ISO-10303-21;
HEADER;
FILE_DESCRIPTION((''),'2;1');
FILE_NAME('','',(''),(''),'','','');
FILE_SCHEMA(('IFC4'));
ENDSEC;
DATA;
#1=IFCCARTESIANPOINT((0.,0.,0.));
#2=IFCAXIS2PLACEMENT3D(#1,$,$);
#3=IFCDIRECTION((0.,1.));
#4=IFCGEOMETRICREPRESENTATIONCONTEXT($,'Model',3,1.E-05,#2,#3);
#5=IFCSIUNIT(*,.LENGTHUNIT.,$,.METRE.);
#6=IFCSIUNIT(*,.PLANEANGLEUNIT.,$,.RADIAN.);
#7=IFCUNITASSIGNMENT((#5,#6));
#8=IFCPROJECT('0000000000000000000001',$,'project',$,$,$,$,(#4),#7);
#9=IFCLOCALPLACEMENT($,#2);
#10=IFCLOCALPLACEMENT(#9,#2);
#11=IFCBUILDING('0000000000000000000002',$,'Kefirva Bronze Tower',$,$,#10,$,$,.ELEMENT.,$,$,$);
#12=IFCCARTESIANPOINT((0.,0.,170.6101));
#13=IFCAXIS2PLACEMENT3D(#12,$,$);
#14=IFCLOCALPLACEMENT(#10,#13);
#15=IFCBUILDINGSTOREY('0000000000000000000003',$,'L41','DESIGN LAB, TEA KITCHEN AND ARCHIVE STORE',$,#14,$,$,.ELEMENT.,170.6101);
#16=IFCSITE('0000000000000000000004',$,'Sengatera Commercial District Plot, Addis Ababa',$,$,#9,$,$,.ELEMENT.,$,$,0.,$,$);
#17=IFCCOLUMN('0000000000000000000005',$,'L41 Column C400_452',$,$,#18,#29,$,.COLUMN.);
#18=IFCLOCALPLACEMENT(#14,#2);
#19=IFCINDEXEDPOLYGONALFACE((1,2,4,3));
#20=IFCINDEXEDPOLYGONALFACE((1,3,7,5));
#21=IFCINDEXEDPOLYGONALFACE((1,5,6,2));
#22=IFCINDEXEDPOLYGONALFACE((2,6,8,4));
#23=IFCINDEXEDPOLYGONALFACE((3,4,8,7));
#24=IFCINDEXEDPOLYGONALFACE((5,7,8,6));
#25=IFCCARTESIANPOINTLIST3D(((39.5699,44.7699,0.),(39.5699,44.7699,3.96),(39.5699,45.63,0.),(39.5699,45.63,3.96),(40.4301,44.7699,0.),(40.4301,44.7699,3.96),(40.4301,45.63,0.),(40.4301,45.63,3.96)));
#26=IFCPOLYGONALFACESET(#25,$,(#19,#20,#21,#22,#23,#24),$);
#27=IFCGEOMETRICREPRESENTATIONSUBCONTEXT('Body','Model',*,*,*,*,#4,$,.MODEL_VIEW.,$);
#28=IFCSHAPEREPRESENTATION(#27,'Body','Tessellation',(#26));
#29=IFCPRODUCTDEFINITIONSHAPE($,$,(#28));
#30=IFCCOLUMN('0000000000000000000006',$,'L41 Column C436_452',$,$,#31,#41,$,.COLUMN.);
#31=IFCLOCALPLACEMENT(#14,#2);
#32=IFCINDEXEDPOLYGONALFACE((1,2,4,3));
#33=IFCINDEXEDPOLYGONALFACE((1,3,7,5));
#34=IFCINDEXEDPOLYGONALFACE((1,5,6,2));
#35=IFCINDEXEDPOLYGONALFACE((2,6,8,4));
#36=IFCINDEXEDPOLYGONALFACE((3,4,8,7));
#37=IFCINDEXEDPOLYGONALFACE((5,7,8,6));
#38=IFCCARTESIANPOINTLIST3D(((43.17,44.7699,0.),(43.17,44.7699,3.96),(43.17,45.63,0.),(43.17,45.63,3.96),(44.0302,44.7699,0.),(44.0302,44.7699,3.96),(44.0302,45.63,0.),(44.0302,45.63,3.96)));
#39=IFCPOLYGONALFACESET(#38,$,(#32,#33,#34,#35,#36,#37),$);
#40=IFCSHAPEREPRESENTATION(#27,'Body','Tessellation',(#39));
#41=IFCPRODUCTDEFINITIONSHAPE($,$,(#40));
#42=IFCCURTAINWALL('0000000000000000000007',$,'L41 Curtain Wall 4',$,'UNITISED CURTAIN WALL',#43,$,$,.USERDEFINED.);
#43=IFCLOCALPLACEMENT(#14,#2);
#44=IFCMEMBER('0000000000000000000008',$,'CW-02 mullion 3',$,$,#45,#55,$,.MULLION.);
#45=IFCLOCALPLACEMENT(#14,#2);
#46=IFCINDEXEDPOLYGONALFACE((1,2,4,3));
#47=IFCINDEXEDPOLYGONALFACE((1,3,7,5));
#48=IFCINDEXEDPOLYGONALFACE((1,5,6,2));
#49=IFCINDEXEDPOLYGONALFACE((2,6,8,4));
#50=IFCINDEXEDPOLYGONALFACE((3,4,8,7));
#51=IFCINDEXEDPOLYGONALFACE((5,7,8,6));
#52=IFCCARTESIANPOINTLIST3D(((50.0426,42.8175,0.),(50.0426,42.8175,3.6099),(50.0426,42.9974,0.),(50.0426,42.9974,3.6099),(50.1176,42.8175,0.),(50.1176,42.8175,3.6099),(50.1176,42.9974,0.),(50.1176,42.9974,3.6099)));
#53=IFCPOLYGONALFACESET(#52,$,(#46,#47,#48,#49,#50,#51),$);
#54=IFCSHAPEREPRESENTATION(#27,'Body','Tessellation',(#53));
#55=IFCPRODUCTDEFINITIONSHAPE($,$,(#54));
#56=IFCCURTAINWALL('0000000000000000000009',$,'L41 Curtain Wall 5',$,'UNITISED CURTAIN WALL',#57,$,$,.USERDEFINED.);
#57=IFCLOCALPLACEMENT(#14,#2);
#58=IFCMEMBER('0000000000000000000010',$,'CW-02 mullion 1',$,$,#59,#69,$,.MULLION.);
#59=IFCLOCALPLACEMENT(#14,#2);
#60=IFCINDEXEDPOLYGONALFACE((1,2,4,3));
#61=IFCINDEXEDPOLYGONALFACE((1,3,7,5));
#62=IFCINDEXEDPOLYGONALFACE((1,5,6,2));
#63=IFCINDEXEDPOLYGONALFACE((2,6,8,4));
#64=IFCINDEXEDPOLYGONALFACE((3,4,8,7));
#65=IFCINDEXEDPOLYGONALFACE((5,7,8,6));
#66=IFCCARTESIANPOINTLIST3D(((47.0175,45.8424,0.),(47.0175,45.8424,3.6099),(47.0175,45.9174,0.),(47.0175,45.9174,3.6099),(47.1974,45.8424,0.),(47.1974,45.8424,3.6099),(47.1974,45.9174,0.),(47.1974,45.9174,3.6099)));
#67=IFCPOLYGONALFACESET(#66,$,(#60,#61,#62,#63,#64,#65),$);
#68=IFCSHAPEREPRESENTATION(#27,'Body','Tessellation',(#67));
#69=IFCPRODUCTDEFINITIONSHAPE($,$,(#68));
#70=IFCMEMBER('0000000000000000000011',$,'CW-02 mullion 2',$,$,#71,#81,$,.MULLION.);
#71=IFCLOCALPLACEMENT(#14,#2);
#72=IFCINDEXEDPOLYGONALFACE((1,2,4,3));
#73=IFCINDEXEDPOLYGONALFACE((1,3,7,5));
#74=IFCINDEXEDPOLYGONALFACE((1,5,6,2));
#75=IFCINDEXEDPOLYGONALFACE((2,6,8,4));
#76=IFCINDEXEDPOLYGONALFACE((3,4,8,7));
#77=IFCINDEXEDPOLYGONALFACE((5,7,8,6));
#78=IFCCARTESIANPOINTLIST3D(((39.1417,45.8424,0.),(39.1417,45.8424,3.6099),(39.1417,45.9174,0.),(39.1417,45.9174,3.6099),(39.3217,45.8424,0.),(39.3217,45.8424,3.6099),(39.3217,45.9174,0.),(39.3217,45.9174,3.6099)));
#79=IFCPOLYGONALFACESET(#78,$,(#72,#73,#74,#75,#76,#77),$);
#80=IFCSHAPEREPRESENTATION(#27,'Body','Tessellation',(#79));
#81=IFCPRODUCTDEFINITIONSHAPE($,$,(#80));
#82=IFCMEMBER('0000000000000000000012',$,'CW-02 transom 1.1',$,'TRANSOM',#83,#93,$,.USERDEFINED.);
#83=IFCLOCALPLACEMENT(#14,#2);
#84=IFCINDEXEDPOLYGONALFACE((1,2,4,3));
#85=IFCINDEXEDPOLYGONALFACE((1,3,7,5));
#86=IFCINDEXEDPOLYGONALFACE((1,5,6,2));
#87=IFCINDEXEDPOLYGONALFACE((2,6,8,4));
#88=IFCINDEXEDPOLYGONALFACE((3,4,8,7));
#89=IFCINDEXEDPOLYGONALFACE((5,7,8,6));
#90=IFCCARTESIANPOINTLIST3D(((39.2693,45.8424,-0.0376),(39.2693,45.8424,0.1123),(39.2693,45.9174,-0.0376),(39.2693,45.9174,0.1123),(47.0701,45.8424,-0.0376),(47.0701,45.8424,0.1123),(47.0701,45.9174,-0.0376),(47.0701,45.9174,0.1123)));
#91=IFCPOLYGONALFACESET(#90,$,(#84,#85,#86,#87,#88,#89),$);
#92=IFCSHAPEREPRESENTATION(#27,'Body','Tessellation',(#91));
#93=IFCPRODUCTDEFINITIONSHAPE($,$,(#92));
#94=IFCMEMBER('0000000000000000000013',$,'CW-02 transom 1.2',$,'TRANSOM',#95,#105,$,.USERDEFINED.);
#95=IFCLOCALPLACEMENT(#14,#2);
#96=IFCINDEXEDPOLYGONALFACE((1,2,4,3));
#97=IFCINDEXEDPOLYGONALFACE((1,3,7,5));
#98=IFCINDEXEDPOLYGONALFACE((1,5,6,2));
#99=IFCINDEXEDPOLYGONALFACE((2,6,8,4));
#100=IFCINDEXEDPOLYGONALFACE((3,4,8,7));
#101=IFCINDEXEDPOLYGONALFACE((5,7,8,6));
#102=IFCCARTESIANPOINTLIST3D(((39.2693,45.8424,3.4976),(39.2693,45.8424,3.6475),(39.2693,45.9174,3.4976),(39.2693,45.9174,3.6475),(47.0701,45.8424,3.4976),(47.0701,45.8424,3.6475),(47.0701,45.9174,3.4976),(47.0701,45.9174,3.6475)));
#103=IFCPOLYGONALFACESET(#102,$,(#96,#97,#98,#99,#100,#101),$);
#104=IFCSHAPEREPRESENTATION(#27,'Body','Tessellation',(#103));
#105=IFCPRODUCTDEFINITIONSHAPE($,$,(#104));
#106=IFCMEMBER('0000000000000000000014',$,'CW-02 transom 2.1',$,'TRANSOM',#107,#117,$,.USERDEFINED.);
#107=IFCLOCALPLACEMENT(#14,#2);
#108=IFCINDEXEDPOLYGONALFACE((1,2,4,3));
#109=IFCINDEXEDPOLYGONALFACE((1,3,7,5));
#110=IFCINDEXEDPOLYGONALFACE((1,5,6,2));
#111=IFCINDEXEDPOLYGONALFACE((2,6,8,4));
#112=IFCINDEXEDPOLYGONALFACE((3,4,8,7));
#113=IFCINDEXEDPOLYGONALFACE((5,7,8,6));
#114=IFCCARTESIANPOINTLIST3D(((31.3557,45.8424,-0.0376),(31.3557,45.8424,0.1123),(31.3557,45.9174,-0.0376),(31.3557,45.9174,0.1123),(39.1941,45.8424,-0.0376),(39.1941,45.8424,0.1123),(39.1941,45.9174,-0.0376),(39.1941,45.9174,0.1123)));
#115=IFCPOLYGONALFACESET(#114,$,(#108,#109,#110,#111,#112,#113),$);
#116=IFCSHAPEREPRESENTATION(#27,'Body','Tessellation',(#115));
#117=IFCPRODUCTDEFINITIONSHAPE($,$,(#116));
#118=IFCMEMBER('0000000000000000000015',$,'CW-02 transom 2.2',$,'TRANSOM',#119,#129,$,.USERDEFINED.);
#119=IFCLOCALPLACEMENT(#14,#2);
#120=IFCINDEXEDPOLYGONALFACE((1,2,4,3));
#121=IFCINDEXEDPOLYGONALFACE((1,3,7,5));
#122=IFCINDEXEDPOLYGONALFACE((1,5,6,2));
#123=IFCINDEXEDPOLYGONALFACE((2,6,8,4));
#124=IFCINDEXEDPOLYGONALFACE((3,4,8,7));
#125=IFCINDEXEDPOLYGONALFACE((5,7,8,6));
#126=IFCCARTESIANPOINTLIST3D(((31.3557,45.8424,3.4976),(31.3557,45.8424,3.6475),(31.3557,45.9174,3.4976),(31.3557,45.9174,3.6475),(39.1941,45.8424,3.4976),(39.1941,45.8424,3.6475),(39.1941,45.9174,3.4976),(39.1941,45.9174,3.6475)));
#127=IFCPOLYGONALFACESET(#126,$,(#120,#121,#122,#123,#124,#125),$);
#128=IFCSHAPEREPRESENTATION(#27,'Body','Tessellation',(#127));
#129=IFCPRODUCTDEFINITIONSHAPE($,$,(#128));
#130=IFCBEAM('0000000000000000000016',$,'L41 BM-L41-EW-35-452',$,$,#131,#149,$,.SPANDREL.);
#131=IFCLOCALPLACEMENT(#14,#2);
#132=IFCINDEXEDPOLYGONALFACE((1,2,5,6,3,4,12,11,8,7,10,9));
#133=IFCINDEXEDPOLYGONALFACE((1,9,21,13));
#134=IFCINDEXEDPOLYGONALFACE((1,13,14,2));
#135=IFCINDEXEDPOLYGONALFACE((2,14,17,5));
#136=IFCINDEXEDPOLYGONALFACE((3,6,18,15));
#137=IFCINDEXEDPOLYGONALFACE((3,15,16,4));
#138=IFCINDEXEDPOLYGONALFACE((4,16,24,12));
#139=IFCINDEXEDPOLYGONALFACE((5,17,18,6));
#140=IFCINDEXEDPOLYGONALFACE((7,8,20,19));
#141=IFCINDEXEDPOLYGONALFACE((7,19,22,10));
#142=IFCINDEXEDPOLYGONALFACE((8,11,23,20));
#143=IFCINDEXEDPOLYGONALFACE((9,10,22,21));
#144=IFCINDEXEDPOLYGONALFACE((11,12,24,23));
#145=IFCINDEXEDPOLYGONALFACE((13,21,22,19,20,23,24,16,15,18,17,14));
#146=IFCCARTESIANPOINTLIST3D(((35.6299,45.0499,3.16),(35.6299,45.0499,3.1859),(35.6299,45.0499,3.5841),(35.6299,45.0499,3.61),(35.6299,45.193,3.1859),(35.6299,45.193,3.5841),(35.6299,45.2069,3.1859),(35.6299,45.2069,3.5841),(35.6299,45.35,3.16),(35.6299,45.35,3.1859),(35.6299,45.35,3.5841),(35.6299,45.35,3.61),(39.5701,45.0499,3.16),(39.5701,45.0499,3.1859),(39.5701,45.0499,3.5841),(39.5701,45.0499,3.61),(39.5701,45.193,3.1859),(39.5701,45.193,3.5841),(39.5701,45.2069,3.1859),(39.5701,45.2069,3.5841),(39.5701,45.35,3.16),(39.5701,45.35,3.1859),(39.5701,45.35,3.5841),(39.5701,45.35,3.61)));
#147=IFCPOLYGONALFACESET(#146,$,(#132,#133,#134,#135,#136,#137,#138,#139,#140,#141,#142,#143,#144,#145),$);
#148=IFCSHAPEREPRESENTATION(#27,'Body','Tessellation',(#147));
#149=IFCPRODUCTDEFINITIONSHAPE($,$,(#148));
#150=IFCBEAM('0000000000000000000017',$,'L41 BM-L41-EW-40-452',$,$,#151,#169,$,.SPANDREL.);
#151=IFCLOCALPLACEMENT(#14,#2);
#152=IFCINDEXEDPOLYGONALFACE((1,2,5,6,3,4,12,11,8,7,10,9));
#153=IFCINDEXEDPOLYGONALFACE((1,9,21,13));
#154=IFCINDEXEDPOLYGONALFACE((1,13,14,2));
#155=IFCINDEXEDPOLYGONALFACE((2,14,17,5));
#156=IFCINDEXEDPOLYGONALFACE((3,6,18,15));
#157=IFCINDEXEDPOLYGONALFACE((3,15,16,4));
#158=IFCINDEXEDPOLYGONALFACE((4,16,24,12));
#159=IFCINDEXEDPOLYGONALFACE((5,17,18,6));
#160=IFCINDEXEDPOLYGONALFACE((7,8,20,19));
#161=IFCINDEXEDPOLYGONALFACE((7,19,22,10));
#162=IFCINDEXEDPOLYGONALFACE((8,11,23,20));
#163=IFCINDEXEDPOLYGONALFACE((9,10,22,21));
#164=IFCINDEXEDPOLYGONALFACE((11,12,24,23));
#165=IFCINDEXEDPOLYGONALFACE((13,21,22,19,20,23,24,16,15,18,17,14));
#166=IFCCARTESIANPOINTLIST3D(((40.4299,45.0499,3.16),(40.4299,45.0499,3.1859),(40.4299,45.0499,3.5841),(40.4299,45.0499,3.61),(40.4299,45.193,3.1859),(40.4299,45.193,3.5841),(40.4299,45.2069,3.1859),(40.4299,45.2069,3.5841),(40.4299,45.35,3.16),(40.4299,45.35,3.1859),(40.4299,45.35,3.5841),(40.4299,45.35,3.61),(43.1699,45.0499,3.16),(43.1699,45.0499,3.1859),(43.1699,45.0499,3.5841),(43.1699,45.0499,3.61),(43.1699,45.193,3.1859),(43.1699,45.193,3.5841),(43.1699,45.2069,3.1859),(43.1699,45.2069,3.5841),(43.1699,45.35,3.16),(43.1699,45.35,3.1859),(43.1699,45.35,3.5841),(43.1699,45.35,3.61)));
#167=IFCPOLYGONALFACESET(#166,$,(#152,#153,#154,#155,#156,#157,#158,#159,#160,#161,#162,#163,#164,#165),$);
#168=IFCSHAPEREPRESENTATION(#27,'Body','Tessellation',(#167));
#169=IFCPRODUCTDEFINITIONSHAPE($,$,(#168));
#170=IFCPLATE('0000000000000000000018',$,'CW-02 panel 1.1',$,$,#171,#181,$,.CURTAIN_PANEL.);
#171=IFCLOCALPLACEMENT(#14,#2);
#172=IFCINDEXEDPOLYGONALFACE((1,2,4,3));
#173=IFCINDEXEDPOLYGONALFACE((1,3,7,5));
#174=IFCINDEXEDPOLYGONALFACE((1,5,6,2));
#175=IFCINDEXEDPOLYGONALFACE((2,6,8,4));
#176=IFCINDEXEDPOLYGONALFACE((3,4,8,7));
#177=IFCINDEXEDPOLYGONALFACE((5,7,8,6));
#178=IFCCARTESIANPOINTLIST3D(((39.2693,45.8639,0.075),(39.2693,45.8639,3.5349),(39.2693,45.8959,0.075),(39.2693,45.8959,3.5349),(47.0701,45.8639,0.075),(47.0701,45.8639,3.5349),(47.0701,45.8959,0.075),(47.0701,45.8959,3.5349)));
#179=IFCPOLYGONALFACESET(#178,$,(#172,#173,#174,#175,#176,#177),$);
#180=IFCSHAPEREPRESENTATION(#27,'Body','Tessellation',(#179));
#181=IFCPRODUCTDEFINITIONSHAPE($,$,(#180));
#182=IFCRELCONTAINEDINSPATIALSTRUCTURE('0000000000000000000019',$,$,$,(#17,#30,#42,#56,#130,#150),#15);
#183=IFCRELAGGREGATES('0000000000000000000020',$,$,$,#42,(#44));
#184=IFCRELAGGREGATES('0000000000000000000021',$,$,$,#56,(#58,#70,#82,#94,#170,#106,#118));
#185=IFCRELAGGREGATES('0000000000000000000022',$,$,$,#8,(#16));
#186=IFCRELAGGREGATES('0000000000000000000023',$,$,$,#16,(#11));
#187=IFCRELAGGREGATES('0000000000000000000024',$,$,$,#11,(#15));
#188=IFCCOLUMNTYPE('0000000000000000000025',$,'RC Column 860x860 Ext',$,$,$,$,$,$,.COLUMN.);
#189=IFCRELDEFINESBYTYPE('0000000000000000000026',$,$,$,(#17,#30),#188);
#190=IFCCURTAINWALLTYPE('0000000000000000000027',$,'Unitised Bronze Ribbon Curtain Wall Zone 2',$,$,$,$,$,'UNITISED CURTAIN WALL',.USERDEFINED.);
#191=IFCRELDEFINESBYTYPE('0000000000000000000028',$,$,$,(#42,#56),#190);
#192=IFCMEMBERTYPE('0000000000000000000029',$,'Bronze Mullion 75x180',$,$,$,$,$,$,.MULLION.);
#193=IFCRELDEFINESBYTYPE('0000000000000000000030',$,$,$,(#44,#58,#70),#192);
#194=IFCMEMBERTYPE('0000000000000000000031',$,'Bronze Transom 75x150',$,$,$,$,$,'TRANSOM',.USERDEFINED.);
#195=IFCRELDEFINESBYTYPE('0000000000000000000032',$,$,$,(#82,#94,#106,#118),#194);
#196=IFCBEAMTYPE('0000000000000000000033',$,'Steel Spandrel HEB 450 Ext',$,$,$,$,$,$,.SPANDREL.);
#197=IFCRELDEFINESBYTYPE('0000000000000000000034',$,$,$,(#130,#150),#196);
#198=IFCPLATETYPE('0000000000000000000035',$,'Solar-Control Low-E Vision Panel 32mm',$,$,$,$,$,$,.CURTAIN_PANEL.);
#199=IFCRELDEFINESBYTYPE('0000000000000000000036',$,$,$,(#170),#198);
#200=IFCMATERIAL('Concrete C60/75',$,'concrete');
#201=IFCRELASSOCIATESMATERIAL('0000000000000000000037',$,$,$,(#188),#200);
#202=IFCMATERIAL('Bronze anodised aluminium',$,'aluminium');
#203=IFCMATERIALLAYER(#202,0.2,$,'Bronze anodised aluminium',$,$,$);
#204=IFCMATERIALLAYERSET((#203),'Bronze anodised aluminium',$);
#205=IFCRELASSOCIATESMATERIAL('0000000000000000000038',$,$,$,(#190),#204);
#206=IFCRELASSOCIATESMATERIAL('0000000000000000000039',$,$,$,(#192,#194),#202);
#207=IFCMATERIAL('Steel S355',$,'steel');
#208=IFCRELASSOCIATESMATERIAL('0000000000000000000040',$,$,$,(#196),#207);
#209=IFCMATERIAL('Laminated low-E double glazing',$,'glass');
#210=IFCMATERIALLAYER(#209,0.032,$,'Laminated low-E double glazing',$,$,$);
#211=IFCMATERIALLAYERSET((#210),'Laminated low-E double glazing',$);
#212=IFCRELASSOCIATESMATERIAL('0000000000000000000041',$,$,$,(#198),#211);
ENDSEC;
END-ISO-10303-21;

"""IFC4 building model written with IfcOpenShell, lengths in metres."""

from ifc_helpers import new_model, si_unit, direction, frame, origin, origin_2d, place, context, subcontext, project, spatial, rectangle, i_section, extrude, material, layer, layer_set, material_profile, profile_set, type_object, element, aggregate, save


model = new_model("IFC4")

# Units and contexts
model_context = context("Model", 3, precision=1e-05, world=origin(), true_north=direction((0.0, 1.0)))
body_context = subcontext(model_context, "Body", "Model", "MODEL_VIEW")
ifc_project = project(units=[si_unit("LENGTHUNIT", "METRE"), si_unit("PLANEANGLEUNIT", "RADIAN")], contexts=[model_context])

# Site, building, storey
site_placement = place(None, origin())
site = spatial("IfcSite", under=ifc_project, at=site_placement, Name="Sengatera Commercial District Plot, Addis Ababa", CompositionType="ELEMENT", RefElevation=0.0)
building_placement = place(site_placement, origin())
building = spatial("IfcBuilding", under=site, at=building_placement, Name="Kefirva Bronze Tower", CompositionType="ELEMENT")
storey_placement = place(building_placement, frame((0.0, 0.0, 170.6101)))
storey = spatial("IfcBuildingStorey", under=building, at=storey_placement, Name="L41", Description="DESIGN LAB, TEA KITCHEN AND ARCHIVE STORE", CompositionType="ELEMENT", Elevation=170.6101)

# Columns
ifc_material_1 = material(Name="Concrete C60/75", Category="concrete")
ifc_material_profile_1 = material_profile(ifc_material_1, rectangle(XDim=0.8601, YDim=0.8601, at=origin_2d()), Name="RC 860x860")
ifc_profile_set_1 = profile_set([ifc_material_profile_1], Name="Concrete C60/75")
column_type = type_object("IfcColumnType", Name="RC Column 860x860 Ext", PredefinedType="COLUMN", material=ifc_profile_set_1)
for number, where, z_axis, x_axis, name in (
    (1, (40.0, 45.2, 0.0), (0.0, 0.0, 1.0), (1.0, 0.0, 0.0), "L41 Column C400_452"),
    (2, (43.6001, 45.2, 0.0), (0.0, 0.0, 1.0), (1.0, 0.0, 0.0), "L41 Column C436_452"),
):
    element("IfcColumn", number, at=place(storey_placement, frame(where, z_axis=z_axis, x_axis=x_axis)), inside=storey, type_object=column_type, Name=name, PredefinedType="COLUMN", context=body_context, shape_type="SweptSolid", body=[
        extrude(rectangle(XDim=0.8601, YDim=0.8601, at=origin_2d()), origin(), (0.0, 0.0, 1.0), 3.96),
    ])

# Curtain wall, member
ifc_material_2 = material(Name="Bronze anodised aluminium", Category="aluminium")
ifc_layer_1 = layer(ifc_material_2, 0.2, Name="Bronze anodised aluminium")
ifc_layer_set_1 = layer_set([ifc_layer_1], Name="Bronze anodised aluminium")
curtain_wall_type = type_object("IfcCurtainWallType", Name="Unitised Bronze Ribbon Curtain Wall Zone 2", ElementType="UNITISED CURTAIN WALL", PredefinedType="USERDEFINED", material=ifc_layer_set_1)
curtain_wall_1_placement = place(storey_placement, origin())
curtain_wall_1 = element("IfcCurtainWall", 3, at=curtain_wall_1_placement, inside=storey, type_object=curtain_wall_type, Name="L41 Curtain Wall 4", ObjectType="UNITISED CURTAIN WALL", PredefinedType="USERDEFINED")
ifc_material_profile_2 = material_profile(ifc_material_2, rectangle(XDim=0.075, YDim=0.1799, at=origin_2d()), Name="ALU 75x180")
ifc_profile_set_2 = profile_set([ifc_material_profile_2], Name="Bronze anodised aluminium")
member_type_1 = type_object("IfcMemberType", Name="Bronze Mullion 75x180", PredefinedType="MULLION", material=ifc_profile_set_2)
member_1_placement = place(storey_placement, frame((50.0801, 42.9075, 0.0), z_axis=(0.0, 0.0, 1.0), x_axis=(-1.0, 0.0, 0.0)))
member_1 = element("IfcMember", 4, at=member_1_placement, type_object=member_type_1, Name="CW-02 mullion 3", PredefinedType="MULLION", context=body_context, shape_type="SweptSolid", body=[
    extrude(rectangle(XDim=0.075, YDim=0.1799, at=origin_2d()), origin(), (0.0, 0.0, 1.0), 3.6099),
])
aggregate(curtain_wall_1, [member_1])

# Curtain wall, members
curtain_wall_2_placement = place(storey_placement, origin())
curtain_wall_2 = element("IfcCurtainWall", 5, at=curtain_wall_2_placement, inside=storey, type_object=curtain_wall_type, Name="L41 Curtain Wall 5", ObjectType="UNITISED CURTAIN WALL", PredefinedType="USERDEFINED")
member_2_placement = place(storey_placement, frame((47.1074, 45.8799, 0.0), z_axis=(0.0, 0.0, 1.0), x_axis=(0.0, -1.0, 0.0)))
member_2 = element("IfcMember", 6, at=member_2_placement, type_object=member_type_1, Name="CW-02 mullion 1", PredefinedType="MULLION", context=body_context, shape_type="SweptSolid", body=[
    extrude(rectangle(XDim=0.075, YDim=0.1799, at=origin_2d()), origin(), (0.0, 0.0, 1.0), 3.6099),
])
member_3_placement = place(storey_placement, frame((39.2317, 45.8799, 0.0), z_axis=(0.0, 0.0, 1.0), x_axis=(0.0, -1.0, 0.0)))
member_3 = element("IfcMember", 7, at=member_3_placement, type_object=member_type_1, Name="CW-02 mullion 2", PredefinedType="MULLION", context=body_context, shape_type="SweptSolid", body=[
    extrude(rectangle(XDim=0.075, YDim=0.1799, at=origin_2d()), origin(), (0.0, 0.0, 1.0), 3.6099),
])
ifc_material_profile_3 = material_profile(ifc_material_2, rectangle(XDim=0.075, YDim=0.1499, at=origin_2d()), Name="ALU 75x150")
ifc_profile_set_3 = profile_set([ifc_material_profile_3], Name="Bronze anodised aluminium")
member_type_2 = type_object("IfcMemberType", Name="Bronze Transom 75x150", ElementType="TRANSOM", PredefinedType="USERDEFINED", material=ifc_profile_set_3)
member_4_placement = place(storey_placement, frame((47.0701, 45.8799, 0.0374), z_axis=(-1.0, 0.0, 0.0), x_axis=(0.0, -1.0, 0.0)))
member_4 = element("IfcMember", 8, at=member_4_placement, type_object=member_type_2, Name="CW-02 transom 1.1", ObjectType="TRANSOM", PredefinedType="USERDEFINED", context=body_context, shape_type="SweptSolid", body=[
    extrude(rectangle(XDim=0.075, YDim=0.1499, at=origin_2d()), origin(), (0.0, 0.0, 1.0), 7.8008),
])
member_5_placement = place(storey_placement, frame((47.0701, 45.8799, 3.5725), z_axis=(-1.0, 0.0, 0.0), x_axis=(0.0, -1.0, 0.0)))
member_5 = element("IfcMember", 9, at=member_5_placement, type_object=member_type_2, Name="CW-02 transom 1.2", ObjectType="TRANSOM", PredefinedType="USERDEFINED", context=body_context, shape_type="SweptSolid", body=[
    extrude(rectangle(XDim=0.075, YDim=0.1499, at=origin_2d()), origin(), (0.0, 0.0, 1.0), 7.8008),
])
member_6_placement = place(storey_placement, frame((39.1941, 45.8799, 0.0374), z_axis=(-1.0, 0.0, 0.0), x_axis=(0.0, -1.0, 0.0)))
member_6 = element("IfcMember", 10, at=member_6_placement, type_object=member_type_2, Name="CW-02 transom 2.1", ObjectType="TRANSOM", PredefinedType="USERDEFINED", context=body_context, shape_type="SweptSolid", body=[
    extrude(rectangle(XDim=0.075, YDim=0.1499, at=origin_2d()), origin(), (0.0, 0.0, 1.0), 7.8384),
])
member_7_placement = place(storey_placement, frame((39.1941, 45.8799, 3.5725), z_axis=(-1.0, 0.0, 0.0), x_axis=(0.0, -1.0, 0.0)))
member_7 = element("IfcMember", 11, at=member_7_placement, type_object=member_type_2, Name="CW-02 transom 2.2", ObjectType="TRANSOM", PredefinedType="USERDEFINED", context=body_context, shape_type="SweptSolid", body=[
    extrude(rectangle(XDim=0.075, YDim=0.1499, at=origin_2d()), origin(), (0.0, 0.0, 1.0), 7.8384),
])

# Beams
ifc_material_3 = material(Name="Steel S355", Category="steel")
ifc_material_profile_4 = material_profile(ifc_material_3, i_section(OverallWidth=0.3, OverallDepth=0.45, WebThickness=0.0139, FlangeThickness=0.0259, at=origin_2d()), Name="HEB 450")
ifc_profile_set_4 = profile_set([ifc_material_profile_4], Name="Steel S355")
beam_type = type_object("IfcBeamType", Name="Steel Spandrel HEB 450 Ext", PredefinedType="SPANDREL", material=ifc_profile_set_4)
beam_1_placement = place(storey_placement, frame((35.6299, 45.2, 3.385), z_axis=(1.0, 0.0, 0.0), x_axis=(0.0, 1.0, 0.0)))
element("IfcBeam", 12, at=beam_1_placement, inside=storey, type_object=beam_type, Name="L41 BM-L41-EW-35-452", PredefinedType="SPANDREL", context=body_context, shape_type="SweptSolid", body=[
    extrude(i_section(OverallWidth=0.3, OverallDepth=0.45, WebThickness=0.0139, FlangeThickness=0.0259, at=origin_2d()), origin(), (0.0, 0.0, 1.0), 3.9402),
])
beam_2_placement = place(storey_placement, frame((40.4299, 45.2, 3.385), z_axis=(1.0, 0.0, 0.0), x_axis=(0.0, 1.0, 0.0)))
element("IfcBeam", 13, at=beam_2_placement, inside=storey, type_object=beam_type, Name="L41 BM-L41-EW-40-452", PredefinedType="SPANDREL", context=body_context, shape_type="SweptSolid", body=[
    extrude(i_section(OverallWidth=0.3, OverallDepth=0.45, WebThickness=0.0139, FlangeThickness=0.0259, at=origin_2d()), origin(), (0.0, 0.0, 1.0), 2.74),
])

# Plate
ifc_material_4 = material(Name="Laminated low-E double glazing", Category="glass")
ifc_layer_2 = layer(ifc_material_4, 0.032, Name="Laminated low-E double glazing")
ifc_layer_set_2 = layer_set([ifc_layer_2], Name="Laminated low-E double glazing")
plate_type = type_object("IfcPlateType", Name="Solar-Control Low-E Vision Panel 32mm", PredefinedType="CURTAIN_PANEL", material=ifc_layer_set_2)
plate_placement = place(storey_placement, frame((43.1697, 45.8799, 0.075), z_axis=(0.0, 0.0, 1.0), x_axis=(-1.0, 0.0, 0.0)))
plate = element("IfcPlate", 14, at=plate_placement, type_object=plate_type, Name="CW-02 panel 1.1", PredefinedType="CURTAIN_PANEL", context=body_context, shape_type="SweptSolid", body=[
    extrude(rectangle(XDim=7.8008, YDim=0.032, at=origin_2d()), origin(), (0.0, 0.0, 1.0), 3.46),
])
aggregate(curtain_wall_2, [member_2, member_3, member_4, member_5, plate, member_6, member_7])

save(model, "model.ifc")
